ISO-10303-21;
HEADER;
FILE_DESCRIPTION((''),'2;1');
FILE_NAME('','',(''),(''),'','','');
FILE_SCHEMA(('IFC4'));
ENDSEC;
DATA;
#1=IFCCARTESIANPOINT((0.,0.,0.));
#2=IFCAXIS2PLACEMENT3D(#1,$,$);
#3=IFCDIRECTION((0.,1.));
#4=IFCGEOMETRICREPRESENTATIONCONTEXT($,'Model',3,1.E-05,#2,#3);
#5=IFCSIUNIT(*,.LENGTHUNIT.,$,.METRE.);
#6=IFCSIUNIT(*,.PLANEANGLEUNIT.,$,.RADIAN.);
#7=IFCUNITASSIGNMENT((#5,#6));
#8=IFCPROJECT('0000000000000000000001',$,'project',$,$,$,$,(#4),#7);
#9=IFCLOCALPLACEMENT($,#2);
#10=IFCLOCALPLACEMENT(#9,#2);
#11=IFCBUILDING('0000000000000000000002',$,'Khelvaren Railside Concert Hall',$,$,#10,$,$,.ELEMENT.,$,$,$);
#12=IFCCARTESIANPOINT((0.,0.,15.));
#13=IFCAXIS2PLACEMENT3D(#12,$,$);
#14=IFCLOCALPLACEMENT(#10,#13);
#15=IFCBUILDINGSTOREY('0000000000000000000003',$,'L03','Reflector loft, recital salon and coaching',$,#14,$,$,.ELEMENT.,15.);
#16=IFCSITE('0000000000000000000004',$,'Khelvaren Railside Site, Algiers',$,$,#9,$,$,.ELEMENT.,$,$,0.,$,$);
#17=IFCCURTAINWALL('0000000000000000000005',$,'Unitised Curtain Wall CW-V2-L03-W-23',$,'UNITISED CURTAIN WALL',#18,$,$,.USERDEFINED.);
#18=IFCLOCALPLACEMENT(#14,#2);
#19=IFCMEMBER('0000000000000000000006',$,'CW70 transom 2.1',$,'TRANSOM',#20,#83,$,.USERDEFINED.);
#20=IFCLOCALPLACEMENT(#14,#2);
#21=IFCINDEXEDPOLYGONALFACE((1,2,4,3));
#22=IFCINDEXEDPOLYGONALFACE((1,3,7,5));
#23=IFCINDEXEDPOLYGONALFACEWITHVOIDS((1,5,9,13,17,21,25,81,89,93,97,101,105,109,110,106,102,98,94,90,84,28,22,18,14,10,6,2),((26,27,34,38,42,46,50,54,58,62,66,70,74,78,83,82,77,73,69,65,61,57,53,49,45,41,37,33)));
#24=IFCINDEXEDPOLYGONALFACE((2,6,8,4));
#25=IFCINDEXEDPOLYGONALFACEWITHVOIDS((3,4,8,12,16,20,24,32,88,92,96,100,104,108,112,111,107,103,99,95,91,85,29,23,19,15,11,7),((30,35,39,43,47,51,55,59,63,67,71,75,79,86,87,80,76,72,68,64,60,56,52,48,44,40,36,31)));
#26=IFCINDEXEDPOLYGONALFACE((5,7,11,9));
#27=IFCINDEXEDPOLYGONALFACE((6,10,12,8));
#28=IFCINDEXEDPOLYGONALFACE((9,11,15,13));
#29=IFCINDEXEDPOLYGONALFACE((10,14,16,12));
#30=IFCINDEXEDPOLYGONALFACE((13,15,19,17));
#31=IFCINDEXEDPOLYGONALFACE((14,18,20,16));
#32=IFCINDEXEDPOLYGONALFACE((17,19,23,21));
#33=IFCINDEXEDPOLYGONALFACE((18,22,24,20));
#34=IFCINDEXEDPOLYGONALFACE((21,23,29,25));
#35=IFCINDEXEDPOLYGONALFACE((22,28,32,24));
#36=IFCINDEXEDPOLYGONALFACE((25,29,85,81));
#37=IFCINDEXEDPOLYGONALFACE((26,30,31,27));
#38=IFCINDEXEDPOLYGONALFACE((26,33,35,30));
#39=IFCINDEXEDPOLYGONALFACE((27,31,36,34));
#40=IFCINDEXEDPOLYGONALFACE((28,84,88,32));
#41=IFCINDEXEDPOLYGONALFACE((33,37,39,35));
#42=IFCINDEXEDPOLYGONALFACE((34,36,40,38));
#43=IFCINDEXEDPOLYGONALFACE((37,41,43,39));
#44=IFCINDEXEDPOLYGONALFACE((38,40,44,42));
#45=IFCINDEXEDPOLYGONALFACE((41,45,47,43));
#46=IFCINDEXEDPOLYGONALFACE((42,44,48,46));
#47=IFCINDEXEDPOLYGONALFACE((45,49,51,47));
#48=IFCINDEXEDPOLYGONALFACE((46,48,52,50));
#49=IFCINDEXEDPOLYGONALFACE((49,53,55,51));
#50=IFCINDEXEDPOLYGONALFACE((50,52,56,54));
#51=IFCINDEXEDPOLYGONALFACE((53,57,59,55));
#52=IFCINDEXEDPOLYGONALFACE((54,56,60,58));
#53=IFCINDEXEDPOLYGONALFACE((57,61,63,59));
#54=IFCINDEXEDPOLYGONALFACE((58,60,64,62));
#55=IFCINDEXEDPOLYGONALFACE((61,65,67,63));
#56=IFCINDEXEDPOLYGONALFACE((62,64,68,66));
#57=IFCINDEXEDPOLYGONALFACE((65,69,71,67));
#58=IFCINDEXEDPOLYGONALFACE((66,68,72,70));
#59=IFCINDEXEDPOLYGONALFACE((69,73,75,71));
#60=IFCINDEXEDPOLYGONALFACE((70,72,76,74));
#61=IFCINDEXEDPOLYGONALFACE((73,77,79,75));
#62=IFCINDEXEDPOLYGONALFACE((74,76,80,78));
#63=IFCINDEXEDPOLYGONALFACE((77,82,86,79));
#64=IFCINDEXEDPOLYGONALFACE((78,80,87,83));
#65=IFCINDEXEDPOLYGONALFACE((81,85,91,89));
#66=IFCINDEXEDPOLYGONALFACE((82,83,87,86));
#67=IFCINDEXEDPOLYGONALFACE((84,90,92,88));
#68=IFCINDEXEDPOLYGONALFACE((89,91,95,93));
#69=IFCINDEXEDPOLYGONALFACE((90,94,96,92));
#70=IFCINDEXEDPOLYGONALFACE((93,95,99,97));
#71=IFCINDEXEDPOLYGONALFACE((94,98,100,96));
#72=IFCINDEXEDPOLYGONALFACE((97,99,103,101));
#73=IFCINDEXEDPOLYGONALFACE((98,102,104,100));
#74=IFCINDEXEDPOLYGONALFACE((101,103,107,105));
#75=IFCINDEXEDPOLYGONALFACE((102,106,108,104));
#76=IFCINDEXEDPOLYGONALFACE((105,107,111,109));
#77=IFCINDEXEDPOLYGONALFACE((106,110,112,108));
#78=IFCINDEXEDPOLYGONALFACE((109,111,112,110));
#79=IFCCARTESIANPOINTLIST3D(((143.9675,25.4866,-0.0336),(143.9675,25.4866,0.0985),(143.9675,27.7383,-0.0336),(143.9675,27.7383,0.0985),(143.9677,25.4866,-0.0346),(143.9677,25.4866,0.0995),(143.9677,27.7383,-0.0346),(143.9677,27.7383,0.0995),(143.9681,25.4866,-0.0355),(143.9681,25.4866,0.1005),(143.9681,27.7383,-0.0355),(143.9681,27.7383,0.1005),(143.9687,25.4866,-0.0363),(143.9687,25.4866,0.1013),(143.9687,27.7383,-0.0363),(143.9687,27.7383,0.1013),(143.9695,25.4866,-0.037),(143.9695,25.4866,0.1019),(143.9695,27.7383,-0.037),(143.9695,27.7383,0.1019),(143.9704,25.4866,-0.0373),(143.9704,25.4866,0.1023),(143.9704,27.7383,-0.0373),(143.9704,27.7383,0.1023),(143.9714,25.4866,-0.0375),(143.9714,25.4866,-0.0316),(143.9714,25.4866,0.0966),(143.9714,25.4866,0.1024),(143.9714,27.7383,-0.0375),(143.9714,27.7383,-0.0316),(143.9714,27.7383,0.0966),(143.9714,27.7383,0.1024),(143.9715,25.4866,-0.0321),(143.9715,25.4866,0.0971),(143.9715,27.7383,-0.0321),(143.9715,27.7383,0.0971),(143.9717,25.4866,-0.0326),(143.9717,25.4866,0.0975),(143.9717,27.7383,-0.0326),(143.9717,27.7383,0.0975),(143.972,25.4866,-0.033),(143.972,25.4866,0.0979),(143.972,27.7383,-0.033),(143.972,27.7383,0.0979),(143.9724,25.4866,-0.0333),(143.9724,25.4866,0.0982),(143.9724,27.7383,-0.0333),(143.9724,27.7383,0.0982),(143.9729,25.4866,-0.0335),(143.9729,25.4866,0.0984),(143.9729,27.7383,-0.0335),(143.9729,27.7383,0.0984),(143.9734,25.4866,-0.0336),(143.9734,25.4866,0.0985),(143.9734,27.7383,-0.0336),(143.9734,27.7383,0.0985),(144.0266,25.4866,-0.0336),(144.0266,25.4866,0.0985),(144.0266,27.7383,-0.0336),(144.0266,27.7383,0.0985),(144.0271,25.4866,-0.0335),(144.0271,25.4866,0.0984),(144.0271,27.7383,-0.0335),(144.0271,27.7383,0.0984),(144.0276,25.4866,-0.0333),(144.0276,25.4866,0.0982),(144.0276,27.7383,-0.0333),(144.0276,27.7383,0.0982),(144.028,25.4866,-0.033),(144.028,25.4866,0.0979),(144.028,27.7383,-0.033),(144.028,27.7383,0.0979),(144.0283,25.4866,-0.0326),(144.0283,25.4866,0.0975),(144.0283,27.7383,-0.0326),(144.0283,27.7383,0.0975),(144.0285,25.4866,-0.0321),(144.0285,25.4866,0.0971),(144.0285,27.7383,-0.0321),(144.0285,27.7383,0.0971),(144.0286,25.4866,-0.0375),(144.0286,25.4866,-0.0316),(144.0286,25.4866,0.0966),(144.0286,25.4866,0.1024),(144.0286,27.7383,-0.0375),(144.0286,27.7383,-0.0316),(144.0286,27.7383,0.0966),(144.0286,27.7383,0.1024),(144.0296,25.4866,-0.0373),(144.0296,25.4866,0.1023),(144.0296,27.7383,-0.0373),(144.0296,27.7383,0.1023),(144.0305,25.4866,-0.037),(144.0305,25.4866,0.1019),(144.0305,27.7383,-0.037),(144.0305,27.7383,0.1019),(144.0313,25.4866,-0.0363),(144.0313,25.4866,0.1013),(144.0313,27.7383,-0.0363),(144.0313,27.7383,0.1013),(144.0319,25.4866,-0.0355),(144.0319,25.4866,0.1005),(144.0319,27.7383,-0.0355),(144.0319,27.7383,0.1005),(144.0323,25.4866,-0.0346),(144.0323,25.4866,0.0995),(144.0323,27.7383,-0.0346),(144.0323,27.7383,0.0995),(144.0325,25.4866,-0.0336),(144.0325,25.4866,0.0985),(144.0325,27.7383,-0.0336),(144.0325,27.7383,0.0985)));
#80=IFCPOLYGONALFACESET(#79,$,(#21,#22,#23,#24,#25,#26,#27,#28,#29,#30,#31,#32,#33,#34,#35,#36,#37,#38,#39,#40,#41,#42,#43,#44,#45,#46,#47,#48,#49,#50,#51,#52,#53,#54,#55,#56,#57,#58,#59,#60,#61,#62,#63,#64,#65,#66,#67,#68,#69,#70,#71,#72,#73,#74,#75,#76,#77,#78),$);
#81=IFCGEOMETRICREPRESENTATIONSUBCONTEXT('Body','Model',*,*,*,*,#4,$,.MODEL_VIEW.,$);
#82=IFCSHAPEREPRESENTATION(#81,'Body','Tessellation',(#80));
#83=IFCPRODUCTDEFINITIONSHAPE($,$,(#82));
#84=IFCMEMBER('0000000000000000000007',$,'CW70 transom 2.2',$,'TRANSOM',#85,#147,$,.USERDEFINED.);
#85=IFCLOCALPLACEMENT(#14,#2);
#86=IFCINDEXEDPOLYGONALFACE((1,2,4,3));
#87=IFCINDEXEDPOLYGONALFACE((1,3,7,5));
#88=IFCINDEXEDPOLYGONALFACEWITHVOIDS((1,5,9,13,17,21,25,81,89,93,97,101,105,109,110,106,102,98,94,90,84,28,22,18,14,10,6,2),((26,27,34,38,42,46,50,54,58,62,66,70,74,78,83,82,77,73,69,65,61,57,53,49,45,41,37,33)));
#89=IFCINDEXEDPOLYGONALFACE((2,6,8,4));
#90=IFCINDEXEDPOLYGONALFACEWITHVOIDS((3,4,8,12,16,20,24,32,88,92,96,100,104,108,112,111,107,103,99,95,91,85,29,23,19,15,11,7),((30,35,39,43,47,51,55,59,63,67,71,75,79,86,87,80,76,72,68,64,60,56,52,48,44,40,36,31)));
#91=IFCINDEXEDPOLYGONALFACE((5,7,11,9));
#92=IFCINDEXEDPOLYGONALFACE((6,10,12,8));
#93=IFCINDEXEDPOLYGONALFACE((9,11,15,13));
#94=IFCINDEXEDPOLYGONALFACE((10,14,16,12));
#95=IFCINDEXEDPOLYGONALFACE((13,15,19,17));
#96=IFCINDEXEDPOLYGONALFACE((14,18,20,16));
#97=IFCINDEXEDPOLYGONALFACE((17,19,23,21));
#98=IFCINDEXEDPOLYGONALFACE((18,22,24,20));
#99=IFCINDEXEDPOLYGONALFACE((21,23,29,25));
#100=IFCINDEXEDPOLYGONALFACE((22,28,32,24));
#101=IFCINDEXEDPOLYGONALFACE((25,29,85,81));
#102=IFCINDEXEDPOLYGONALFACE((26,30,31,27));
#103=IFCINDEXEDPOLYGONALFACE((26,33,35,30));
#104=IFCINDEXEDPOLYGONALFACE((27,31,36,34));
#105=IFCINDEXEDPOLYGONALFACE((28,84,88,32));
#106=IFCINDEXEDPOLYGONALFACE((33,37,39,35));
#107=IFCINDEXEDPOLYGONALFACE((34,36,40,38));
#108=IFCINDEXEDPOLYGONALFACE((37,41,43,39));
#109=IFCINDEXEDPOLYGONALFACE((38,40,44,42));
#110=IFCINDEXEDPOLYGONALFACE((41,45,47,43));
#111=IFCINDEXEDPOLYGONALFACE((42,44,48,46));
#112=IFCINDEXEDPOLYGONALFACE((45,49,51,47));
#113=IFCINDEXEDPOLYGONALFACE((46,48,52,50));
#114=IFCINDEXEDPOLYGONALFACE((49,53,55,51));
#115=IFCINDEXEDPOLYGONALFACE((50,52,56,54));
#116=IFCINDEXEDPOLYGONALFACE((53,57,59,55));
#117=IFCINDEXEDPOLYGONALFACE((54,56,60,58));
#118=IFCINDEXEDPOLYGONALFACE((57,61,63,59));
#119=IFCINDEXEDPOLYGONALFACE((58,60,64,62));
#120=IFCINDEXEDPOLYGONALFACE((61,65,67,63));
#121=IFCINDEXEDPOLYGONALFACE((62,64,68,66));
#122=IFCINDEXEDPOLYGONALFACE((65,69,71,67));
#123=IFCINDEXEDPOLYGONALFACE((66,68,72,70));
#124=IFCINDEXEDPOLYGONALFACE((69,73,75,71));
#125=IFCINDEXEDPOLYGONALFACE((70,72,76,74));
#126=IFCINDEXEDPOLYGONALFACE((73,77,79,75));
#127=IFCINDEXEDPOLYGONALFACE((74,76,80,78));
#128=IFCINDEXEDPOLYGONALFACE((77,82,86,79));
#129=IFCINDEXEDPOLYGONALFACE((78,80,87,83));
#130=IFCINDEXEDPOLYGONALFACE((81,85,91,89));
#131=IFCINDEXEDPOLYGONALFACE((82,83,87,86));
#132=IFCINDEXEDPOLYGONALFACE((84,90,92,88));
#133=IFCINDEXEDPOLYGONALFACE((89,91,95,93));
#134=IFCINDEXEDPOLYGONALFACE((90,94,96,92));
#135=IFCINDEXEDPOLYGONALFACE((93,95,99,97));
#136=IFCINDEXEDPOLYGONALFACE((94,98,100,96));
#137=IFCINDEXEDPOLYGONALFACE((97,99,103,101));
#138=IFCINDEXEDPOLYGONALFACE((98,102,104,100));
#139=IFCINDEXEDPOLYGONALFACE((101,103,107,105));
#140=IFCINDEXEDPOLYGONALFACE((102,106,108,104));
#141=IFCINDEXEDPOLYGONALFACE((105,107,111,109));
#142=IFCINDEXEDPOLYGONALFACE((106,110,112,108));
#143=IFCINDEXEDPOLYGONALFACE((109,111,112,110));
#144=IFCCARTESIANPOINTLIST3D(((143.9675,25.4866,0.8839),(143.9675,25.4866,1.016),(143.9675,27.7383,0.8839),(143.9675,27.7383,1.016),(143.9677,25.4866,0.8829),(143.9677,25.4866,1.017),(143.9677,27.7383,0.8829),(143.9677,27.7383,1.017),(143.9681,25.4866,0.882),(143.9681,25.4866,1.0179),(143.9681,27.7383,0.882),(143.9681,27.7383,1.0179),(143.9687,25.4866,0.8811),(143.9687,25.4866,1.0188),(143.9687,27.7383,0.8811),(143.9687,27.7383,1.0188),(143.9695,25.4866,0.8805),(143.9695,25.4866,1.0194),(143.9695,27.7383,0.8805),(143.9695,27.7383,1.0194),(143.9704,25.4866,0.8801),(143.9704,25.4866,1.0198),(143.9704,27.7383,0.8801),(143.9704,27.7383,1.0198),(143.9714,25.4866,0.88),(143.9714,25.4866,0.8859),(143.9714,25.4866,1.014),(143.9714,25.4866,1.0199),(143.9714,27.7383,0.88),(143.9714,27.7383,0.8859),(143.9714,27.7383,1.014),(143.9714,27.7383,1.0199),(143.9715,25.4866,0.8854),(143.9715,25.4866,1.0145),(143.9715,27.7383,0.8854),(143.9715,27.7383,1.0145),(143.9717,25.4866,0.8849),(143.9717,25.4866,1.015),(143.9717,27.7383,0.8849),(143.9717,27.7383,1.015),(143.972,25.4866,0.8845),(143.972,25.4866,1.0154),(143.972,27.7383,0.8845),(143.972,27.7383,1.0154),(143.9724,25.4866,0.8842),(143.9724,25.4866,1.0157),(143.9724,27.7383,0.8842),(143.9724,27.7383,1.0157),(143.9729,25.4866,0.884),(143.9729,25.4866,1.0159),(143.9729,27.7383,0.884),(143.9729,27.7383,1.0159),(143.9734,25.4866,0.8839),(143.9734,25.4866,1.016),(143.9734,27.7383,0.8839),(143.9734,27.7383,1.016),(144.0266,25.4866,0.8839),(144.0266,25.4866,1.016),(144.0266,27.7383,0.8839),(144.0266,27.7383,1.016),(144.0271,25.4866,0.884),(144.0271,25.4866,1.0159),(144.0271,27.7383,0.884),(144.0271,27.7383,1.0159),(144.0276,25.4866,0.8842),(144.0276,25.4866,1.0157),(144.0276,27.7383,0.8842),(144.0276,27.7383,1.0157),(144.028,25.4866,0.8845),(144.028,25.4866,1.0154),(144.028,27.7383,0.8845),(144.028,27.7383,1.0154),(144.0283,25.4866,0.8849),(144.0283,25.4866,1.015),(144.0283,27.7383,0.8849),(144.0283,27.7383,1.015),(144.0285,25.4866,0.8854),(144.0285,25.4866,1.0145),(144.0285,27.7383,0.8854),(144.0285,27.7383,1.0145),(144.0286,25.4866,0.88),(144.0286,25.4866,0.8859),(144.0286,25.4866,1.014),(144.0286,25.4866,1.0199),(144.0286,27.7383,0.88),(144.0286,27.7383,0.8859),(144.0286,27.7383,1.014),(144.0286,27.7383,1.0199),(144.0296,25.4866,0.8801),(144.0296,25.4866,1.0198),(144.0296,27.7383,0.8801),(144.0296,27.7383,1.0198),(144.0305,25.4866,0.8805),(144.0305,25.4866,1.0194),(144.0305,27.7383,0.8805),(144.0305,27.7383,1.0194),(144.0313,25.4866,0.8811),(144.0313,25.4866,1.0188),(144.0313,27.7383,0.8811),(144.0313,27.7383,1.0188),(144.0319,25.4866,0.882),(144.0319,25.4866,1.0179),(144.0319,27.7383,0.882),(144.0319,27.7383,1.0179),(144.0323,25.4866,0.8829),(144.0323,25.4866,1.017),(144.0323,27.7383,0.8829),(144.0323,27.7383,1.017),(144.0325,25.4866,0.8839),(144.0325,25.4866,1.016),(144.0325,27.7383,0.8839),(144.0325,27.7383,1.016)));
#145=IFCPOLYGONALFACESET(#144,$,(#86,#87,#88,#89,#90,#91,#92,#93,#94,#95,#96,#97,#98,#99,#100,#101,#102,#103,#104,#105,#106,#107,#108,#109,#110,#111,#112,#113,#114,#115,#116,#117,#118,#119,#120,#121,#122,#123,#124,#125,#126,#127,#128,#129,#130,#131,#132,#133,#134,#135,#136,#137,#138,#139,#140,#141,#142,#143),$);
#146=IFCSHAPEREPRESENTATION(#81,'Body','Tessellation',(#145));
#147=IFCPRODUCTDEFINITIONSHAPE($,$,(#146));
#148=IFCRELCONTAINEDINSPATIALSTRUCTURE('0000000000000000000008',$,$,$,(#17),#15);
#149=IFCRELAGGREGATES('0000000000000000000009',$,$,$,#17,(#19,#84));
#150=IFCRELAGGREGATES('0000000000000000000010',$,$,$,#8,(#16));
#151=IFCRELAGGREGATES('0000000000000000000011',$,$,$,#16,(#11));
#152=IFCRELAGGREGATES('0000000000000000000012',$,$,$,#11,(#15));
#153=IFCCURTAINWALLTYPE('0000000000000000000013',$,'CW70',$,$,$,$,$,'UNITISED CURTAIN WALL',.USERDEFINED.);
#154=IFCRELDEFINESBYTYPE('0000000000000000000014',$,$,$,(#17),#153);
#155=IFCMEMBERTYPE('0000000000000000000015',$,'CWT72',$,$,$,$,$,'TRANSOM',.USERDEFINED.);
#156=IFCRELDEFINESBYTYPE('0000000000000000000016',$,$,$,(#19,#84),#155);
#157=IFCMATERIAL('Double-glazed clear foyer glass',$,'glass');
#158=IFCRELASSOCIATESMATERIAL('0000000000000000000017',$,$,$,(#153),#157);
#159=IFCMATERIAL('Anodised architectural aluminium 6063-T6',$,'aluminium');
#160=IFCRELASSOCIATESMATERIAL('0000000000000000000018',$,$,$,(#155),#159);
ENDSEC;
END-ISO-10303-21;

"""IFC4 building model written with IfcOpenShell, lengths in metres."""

from ifc_helpers import new_model, si_unit, direction, frame, origin, origin_2d, place, context, subcontext, project, spatial, hollow_rectangle, extrude, material, material_profile, profile_set, type_object, element, aggregate, save


model = new_model("IFC4")

# Units and contexts
model_context = context("Model", 3, precision=1e-05, world=origin(), true_north=direction((0.0, 1.0)))
body_context = subcontext(model_context, "Body", "Model", "MODEL_VIEW")
ifc_project = project(units=[si_unit("LENGTHUNIT", "METRE"), si_unit("PLANEANGLEUNIT", "RADIAN")], contexts=[model_context])

# Site, building, storey
site_placement = place(None, origin())
site = spatial("IfcSite", under=ifc_project, at=site_placement, Name="Khelvaren Railside Site, Algiers", CompositionType="ELEMENT", RefElevation=0.0)
building_placement = place(site_placement, origin())
building = spatial("IfcBuilding", under=site, at=building_placement, Name="Khelvaren Railside Concert Hall", CompositionType="ELEMENT")
storey_placement = place(building_placement, frame((0.0, 0.0, 15.0)))
storey = spatial("IfcBuildingStorey", under=building, at=storey_placement, Name="L03", Description="Reflector loft, recital salon and coaching", CompositionType="ELEMENT", Elevation=15.0)

# Curtain wall, members
ifc_material_1 = material(Name="Double-glazed clear foyer glass", Category="glass")
curtain_wall_type = type_object("IfcCurtainWallType", Name="CW70", ElementType="UNITISED CURTAIN WALL", PredefinedType="USERDEFINED", material=ifc_material_1)
curtain_wall_placement = place(storey_placement, origin())
curtain_wall = element("IfcCurtainWall", 1, at=curtain_wall_placement, inside=storey, type_object=curtain_wall_type, Name="Unitised Curtain Wall CW-V2-L03-W-23", ObjectType="UNITISED CURTAIN WALL", PredefinedType="USERDEFINED")
ifc_material_2 = material(Name="Anodised architectural aluminium 6063-T6", Category="aluminium")
ifc_material_profile_1 = material_profile(ifc_material_2, hollow_rectangle(XDim=0.0649, YDim=0.1399, WallThickness=0.0039, InnerFilletRadius=0.002, OuterFilletRadius=0.0039, at=origin_2d()), Name="CWT 65x140x4")
ifc_profile_set_1 = profile_set([ifc_material_profile_1], Name="Anodised architectural aluminium 6063-T6")
member_type_1 = type_object("IfcMemberType", Name="CWT72", ElementType="TRANSOM", PredefinedType="USERDEFINED", material=ifc_profile_set_1)
member_1_placement = place(storey_placement, frame((144.0, 25.4866, 0.0325), z_axis=(0.0, 1.0, 0.0), x_axis=(-1.0, 0.0, 0.0)))
member_1 = element("IfcMember", 2, at=member_1_placement, type_object=member_type_1, Name="CW70 transom 2.1", ObjectType="TRANSOM", PredefinedType="USERDEFINED", context=body_context, shape_type="SweptSolid", body=[
    extrude(hollow_rectangle(XDim=0.0649, YDim=0.1399, WallThickness=0.0039, InnerFilletRadius=0.002, OuterFilletRadius=0.0039, at=origin_2d()), origin(), (0.0, 0.0, 1.0), 2.2517),
])
member_2_placement = place(storey_placement, frame((144.0, 25.4866, 0.95), z_axis=(0.0, 1.0, 0.0), x_axis=(-1.0, 0.0, 0.0)))
member_2 = element("IfcMember", 3, at=member_2_placement, type_object=member_type_1, Name="CW70 transom 2.2", ObjectType="TRANSOM", PredefinedType="USERDEFINED", context=body_context, shape_type="SweptSolid", body=[
    extrude(hollow_rectangle(XDim=0.0649, YDim=0.1399, WallThickness=0.0039, InnerFilletRadius=0.002, OuterFilletRadius=0.0039, at=origin_2d()), origin(), (0.0, 0.0, 1.0), 2.2517),
])

aggregate(curtain_wall, [member_1, member_2])

save(model, "model.ifc")
